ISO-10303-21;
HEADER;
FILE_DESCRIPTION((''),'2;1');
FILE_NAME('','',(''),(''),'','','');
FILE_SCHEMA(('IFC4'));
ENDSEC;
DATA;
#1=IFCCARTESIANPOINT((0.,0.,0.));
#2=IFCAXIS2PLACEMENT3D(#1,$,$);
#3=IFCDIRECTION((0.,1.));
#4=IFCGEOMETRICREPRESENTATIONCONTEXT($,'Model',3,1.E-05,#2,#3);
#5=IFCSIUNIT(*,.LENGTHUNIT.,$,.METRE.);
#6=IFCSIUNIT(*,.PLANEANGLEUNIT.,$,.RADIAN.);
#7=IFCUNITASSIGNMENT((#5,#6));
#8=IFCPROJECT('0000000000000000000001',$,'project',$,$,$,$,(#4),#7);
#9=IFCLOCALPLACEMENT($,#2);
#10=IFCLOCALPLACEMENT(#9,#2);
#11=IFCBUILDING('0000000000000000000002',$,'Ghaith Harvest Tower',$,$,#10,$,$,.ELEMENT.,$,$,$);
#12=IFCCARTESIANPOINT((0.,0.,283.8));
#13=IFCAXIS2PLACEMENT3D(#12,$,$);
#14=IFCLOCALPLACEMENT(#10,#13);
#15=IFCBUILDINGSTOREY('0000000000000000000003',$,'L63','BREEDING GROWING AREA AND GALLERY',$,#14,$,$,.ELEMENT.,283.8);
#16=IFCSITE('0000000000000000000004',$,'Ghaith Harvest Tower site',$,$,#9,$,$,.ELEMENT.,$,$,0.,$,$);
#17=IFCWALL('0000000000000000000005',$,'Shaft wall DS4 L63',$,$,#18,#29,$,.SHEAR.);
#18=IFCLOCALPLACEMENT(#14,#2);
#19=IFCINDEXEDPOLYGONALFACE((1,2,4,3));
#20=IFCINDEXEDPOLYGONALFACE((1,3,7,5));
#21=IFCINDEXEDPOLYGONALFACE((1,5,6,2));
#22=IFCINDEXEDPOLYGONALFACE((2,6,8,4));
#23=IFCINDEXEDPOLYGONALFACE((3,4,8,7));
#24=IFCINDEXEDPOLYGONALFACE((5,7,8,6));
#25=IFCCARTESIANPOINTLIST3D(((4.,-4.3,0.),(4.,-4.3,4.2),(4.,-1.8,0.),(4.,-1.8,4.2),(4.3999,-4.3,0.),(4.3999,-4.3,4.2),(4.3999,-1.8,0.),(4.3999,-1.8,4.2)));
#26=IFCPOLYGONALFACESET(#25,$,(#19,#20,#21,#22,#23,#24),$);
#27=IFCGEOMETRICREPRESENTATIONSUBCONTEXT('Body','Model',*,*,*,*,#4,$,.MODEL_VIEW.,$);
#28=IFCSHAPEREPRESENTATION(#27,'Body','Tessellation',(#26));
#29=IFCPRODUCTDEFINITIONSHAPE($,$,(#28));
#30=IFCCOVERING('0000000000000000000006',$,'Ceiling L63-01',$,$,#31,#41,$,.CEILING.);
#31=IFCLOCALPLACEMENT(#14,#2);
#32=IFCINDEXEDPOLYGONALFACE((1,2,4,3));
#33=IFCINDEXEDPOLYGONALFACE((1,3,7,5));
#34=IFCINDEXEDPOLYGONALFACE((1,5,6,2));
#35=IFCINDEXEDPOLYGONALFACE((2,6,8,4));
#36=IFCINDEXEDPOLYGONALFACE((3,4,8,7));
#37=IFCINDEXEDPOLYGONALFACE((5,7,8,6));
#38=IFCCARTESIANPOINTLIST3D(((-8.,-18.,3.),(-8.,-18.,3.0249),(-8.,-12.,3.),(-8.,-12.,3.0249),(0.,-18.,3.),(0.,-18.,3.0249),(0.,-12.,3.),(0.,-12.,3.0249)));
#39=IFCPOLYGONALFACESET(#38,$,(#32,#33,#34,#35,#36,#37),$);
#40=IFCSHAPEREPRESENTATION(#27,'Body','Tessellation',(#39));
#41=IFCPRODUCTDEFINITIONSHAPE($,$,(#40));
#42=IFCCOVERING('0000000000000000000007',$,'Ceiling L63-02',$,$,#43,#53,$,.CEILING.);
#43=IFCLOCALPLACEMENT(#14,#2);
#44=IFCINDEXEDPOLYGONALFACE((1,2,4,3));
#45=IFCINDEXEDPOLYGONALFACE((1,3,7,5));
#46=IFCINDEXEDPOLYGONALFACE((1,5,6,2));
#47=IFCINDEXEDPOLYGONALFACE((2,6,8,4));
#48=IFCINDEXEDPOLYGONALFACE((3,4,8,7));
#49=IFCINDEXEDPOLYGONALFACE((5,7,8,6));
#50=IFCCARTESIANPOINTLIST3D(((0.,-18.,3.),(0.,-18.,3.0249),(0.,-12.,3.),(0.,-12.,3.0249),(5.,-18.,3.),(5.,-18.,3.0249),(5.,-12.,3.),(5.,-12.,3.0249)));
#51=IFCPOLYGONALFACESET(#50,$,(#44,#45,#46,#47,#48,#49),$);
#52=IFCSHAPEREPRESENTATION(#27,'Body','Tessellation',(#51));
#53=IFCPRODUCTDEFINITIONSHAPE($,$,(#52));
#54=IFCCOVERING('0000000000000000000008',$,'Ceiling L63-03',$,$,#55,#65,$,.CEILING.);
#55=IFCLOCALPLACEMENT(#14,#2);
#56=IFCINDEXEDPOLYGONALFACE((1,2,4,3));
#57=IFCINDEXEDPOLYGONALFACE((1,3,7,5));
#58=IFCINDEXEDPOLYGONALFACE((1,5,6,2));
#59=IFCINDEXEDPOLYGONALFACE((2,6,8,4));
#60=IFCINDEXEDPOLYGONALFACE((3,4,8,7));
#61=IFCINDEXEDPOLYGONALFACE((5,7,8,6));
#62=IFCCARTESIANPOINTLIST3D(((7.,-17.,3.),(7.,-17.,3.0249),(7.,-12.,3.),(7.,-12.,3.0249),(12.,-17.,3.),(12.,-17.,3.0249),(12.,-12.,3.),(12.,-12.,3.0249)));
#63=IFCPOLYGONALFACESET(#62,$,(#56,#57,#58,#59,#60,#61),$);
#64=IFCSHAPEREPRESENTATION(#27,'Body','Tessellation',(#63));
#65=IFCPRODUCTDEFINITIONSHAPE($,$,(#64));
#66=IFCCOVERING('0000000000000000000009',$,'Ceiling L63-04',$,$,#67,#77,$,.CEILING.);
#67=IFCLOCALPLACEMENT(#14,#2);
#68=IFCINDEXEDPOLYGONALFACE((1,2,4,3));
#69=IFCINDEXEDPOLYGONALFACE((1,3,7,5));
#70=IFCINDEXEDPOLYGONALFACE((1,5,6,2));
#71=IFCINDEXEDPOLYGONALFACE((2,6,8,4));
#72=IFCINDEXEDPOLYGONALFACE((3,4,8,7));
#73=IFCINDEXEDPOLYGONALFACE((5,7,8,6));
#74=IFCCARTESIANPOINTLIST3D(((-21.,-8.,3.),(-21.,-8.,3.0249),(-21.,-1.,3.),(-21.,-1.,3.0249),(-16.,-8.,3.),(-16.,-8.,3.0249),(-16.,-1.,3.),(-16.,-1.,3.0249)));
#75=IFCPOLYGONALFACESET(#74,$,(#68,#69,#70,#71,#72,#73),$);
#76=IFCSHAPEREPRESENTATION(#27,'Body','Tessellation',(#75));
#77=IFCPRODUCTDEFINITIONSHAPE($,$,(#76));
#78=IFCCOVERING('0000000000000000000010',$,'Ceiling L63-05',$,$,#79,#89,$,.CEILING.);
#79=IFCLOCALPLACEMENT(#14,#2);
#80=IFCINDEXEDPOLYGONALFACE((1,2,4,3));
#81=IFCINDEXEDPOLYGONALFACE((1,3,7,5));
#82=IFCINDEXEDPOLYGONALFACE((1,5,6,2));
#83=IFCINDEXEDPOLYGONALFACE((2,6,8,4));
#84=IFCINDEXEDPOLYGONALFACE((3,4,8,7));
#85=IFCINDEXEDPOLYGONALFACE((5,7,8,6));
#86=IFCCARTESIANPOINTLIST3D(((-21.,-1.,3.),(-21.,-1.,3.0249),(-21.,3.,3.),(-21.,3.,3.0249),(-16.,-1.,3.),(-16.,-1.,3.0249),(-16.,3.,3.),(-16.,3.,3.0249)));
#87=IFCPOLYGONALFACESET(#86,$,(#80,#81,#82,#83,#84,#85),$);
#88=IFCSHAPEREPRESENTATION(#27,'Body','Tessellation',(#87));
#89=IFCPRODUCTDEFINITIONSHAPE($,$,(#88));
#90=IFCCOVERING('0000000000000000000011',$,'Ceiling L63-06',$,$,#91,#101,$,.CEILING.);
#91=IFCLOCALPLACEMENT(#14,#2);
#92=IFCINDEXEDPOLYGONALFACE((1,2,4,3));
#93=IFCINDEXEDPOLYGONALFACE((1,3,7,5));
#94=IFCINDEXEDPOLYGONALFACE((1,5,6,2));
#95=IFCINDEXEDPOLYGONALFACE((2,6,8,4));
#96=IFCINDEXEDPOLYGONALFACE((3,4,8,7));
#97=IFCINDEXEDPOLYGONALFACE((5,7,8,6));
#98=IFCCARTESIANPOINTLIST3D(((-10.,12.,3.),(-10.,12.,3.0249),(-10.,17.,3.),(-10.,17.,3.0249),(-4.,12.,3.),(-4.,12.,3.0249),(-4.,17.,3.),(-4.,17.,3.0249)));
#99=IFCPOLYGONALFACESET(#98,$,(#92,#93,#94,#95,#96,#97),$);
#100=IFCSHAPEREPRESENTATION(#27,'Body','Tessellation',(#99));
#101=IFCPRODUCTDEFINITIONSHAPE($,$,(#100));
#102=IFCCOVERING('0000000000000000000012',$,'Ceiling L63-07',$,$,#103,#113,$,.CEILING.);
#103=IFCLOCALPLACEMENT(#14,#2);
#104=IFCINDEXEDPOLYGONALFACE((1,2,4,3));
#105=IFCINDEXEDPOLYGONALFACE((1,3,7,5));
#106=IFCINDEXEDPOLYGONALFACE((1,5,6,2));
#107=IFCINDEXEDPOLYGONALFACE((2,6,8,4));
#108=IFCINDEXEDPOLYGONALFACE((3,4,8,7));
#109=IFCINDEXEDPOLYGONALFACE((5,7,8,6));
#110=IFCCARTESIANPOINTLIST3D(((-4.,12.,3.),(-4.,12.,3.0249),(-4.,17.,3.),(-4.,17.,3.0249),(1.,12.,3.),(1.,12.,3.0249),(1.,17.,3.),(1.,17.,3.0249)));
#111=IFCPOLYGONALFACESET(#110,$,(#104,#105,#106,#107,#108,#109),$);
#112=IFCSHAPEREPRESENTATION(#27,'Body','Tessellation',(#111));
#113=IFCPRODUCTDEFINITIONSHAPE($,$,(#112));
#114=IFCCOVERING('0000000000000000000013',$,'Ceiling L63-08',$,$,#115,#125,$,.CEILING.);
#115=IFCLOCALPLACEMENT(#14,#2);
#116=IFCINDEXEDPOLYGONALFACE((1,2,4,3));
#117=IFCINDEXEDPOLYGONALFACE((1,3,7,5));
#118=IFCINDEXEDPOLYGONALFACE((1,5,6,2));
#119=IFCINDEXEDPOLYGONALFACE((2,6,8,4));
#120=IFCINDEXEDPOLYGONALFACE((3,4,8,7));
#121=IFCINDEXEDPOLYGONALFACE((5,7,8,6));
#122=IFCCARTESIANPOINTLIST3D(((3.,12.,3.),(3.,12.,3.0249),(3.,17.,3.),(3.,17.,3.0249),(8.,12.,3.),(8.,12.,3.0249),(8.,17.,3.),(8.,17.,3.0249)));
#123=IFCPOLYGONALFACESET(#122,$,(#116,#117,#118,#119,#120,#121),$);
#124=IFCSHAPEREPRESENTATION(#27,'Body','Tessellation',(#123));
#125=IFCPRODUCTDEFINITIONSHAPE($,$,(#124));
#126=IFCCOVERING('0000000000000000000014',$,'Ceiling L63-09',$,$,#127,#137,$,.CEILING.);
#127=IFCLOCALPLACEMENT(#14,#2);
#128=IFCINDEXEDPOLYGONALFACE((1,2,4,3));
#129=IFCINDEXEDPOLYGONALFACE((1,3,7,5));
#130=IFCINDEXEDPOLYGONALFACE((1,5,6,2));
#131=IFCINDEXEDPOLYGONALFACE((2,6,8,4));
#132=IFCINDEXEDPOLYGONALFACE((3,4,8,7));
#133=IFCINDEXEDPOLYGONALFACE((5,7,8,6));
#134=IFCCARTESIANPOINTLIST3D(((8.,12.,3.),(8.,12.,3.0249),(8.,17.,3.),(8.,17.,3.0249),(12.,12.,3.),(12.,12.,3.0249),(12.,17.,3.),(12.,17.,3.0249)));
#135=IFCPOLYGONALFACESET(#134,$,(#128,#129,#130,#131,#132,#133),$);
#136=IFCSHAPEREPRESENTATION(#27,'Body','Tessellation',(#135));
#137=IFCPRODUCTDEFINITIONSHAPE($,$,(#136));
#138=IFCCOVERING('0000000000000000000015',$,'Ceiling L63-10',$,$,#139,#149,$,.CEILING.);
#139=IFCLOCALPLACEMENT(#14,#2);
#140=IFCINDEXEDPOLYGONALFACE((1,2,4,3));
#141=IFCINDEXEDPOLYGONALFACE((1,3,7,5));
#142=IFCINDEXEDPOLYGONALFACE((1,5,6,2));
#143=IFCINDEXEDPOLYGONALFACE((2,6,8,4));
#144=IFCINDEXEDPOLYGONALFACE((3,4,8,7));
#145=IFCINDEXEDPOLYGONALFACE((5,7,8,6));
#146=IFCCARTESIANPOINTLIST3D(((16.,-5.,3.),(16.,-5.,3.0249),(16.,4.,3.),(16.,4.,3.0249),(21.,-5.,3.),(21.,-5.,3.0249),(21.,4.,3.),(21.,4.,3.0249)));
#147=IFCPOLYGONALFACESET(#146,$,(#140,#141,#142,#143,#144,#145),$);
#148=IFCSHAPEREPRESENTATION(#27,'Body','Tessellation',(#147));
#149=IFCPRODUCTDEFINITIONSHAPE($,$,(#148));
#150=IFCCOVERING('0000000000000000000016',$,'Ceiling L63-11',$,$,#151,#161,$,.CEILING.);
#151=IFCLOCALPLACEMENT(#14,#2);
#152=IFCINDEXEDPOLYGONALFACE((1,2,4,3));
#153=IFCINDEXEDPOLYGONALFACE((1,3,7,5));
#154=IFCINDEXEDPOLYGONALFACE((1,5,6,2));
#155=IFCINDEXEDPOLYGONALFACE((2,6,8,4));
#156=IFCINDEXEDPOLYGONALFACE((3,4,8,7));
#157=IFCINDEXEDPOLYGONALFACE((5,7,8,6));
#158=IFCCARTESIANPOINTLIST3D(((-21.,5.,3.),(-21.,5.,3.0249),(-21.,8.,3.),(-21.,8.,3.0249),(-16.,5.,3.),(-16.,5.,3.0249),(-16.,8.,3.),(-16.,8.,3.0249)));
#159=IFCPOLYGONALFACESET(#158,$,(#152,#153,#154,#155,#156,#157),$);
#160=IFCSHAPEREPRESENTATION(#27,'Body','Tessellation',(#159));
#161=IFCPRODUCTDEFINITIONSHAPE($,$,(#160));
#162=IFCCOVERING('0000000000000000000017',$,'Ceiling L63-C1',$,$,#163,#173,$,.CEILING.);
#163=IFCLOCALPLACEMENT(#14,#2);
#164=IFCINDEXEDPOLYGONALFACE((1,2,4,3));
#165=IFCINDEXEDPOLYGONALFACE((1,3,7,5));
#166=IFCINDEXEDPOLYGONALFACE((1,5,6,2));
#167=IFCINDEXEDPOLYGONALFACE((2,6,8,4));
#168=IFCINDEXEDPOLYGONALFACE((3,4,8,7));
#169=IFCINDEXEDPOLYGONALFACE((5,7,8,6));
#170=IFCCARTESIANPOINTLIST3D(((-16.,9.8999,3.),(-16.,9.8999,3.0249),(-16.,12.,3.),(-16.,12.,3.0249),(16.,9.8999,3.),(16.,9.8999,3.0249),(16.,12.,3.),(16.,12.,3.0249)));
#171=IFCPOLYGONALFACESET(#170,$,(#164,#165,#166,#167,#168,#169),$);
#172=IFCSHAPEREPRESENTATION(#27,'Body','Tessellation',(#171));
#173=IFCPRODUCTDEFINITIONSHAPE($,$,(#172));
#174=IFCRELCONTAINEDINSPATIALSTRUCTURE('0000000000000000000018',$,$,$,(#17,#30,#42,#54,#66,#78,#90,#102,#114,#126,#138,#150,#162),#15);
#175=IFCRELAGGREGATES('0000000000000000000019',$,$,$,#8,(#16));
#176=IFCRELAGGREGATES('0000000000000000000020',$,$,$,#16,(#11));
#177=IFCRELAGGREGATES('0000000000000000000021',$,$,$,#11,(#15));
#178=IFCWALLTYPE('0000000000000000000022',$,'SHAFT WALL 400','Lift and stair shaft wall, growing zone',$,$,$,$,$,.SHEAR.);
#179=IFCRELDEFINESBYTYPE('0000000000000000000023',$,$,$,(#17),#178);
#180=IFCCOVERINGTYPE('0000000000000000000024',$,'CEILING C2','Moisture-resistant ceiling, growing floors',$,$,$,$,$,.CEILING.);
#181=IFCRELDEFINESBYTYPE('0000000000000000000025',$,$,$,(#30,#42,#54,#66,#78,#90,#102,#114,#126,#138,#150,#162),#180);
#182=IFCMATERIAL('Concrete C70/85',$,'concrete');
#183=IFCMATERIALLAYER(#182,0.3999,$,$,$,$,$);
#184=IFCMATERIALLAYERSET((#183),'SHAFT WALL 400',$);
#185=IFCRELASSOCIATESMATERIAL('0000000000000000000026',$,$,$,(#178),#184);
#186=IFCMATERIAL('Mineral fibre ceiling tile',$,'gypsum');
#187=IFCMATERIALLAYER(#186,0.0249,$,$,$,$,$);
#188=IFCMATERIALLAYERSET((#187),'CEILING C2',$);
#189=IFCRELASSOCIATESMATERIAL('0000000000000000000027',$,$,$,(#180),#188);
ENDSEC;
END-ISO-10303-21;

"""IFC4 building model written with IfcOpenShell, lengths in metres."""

from ifc_helpers import new_model, si_unit, direction, frame, frame_2d, origin, place, context, subcontext, project, spatial, polyline, rectangle, outline, extrude, material, layer, layer_set, type_object, element, save


model = new_model("IFC4")

# Units and contexts
model_context = context("Model", 3, precision=1e-05, world=origin(), true_north=direction((0.0, 1.0)))
body_context = subcontext(model_context, "Body", "Model", "MODEL_VIEW")
ifc_project = project(units=[si_unit("LENGTHUNIT", "METRE"), si_unit("PLANEANGLEUNIT", "RADIAN")], contexts=[model_context])

# Site, building, storey
site_placement = place(None, origin())
site = spatial("IfcSite", under=ifc_project, at=site_placement, Name="Ghaith Harvest Tower site", CompositionType="ELEMENT", RefElevation=0.0)
building_placement = place(site_placement, origin())
building = spatial("IfcBuilding", under=site, at=building_placement, Name="Ghaith Harvest Tower", CompositionType="ELEMENT")
storey_placement = place(building_placement, frame((0.0, 0.0, 283.8)))
storey = spatial("IfcBuildingStorey", under=building, at=storey_placement, Name="L63", Description="BREEDING GROWING AREA AND GALLERY", CompositionType="ELEMENT", Elevation=283.8)

# Shared definitions
ifc_material_1 = material(Name="Concrete C70/85", Category="concrete")
ifc_layer_1 = layer(ifc_material_1, 0.3999)
ifc_layer_set_1 = layer_set([ifc_layer_1], Name="SHAFT WALL 400")
wall_type_1 = type_object("IfcWallType", Name="SHAFT WALL 400", Description="Lift and stair shaft wall, growing zone", PredefinedType="SHEAR", material=ifc_layer_set_1)

# Wall
wall_1_placement = place(storey_placement, frame((4.2, -4.3, 0.0), z_axis=(0.0, 0.0, 1.0), x_axis=(0.0, 1.0, 0.0)))
element("IfcWall", 1, at=wall_1_placement, inside=storey, type_object=wall_type_1, Name="Shaft wall DS4 L63", PredefinedType="SHEAR", context=body_context, shape_type="SweptSolid", body=[
    extrude(rectangle(XDim=2.5, YDim=0.3999, at=frame_2d((1.25, 0.0))), origin(), (0.0, 0.0, 1.0), 4.2),
])

# Coverings
ifc_material_2 = material(Name="Mineral fibre ceiling tile", Category="gypsum")
ifc_layer_2 = layer(ifc_material_2, 0.0249)
ifc_layer_set_2 = layer_set([ifc_layer_2], Name="CEILING C2")
covering_type = type_object("IfcCoveringType", Name="CEILING C2", Description="Moisture-resistant ceiling, growing floors", PredefinedType="CEILING", material=ifc_layer_set_2)
covering_1_placement = place(storey_placement, frame((0.0, 0.0, 3.0)))
element("IfcCovering", 2, at=covering_1_placement, inside=storey, type_object=covering_type, Name="Ceiling L63-01", PredefinedType="CEILING", context=body_context, shape_type="SweptSolid", body=[
    extrude(outline(polyline([(-8.0, -18.0), (0.0, -18.0), (0.0, -12.0), (-8.0, -12.0), (-8.0, -18.0)])), origin(), (0.0, 0.0, 1.0), 0.0249),
])
covering_2_placement = place(storey_placement, frame((0.0, 0.0, 3.0)))
element("IfcCovering", 3, at=covering_2_placement, inside=storey, type_object=covering_type, Name="Ceiling L63-02", PredefinedType="CEILING", context=body_context, shape_type="SweptSolid", body=[
    extrude(outline(polyline([(0.0, -18.0), (5.0, -18.0), (5.0, -12.0), (0.0, -12.0), (0.0, -18.0)])), origin(), (0.0, 0.0, 1.0), 0.0249),
])
covering_3_placement = place(storey_placement, frame((0.0, 0.0, 3.0)))
element("IfcCovering", 4, at=covering_3_placement, inside=storey, type_object=covering_type, Name="Ceiling L63-03", PredefinedType="CEILING", context=body_context, shape_type="SweptSolid", body=[
    extrude(outline(polyline([(7.0, -17.0), (12.0, -17.0), (12.0, -12.0), (7.0, -12.0), (7.0, -17.0)])), origin(), (0.0, 0.0, 1.0), 0.0249),
])
covering_4_placement = place(storey_placement, frame((0.0, 0.0, 3.0)))
element("IfcCovering", 5, at=covering_4_placement, inside=storey, type_object=covering_type, Name="Ceiling L63-04", PredefinedType="CEILING", context=body_context, shape_type="SweptSolid", body=[
    extrude(outline(polyline([(-21.0, -8.0), (-16.0, -8.0), (-16.0, -1.0), (-21.0, -1.0), (-21.0, -8.0)])), origin(), (0.0, 0.0, 1.0), 0.0249),
])
covering_5_placement = place(storey_placement, frame((0.0, 0.0, 3.0)))
element("IfcCovering", 6, at=covering_5_placement, inside=storey, type_object=covering_type, Name="Ceiling L63-05", PredefinedType="CEILING", context=body_context, shape_type="SweptSolid", body=[
    extrude(outline(polyline([(-21.0, -1.0), (-16.0, -1.0), (-16.0, 3.0), (-21.0, 3.0), (-21.0, -1.0)])), origin(), (0.0, 0.0, 1.0), 0.0249),
])
covering_6_placement = place(storey_placement, frame((0.0, 0.0, 3.0)))
element("IfcCovering", 7, at=covering_6_placement, inside=storey, type_object=covering_type, Name="Ceiling L63-06", PredefinedType="CEILING", context=body_context, shape_type="SweptSolid", body=[
    extrude(outline(polyline([(-10.0, 12.0), (-4.0, 12.0), (-4.0, 17.0), (-10.0, 17.0), (-10.0, 12.0)])), origin(), (0.0, 0.0, 1.0), 0.0249),
])
covering_7_placement = place(storey_placement, frame((0.0, 0.0, 3.0)))
element("IfcCovering", 8, at=covering_7_placement, inside=storey, type_object=covering_type, Name="Ceiling L63-07", PredefinedType="CEILING", context=body_context, shape_type="SweptSolid", body=[
    extrude(outline(polyline([(-4.0, 12.0), (1.0, 12.0), (1.0, 17.0), (-4.0, 17.0), (-4.0, 12.0)])), origin(), (0.0, 0.0, 1.0), 0.0249),
])
covering_8_placement = place(storey_placement, frame((0.0, 0.0, 3.0)))
element("IfcCovering", 9, at=covering_8_placement, inside=storey, type_object=covering_type, Name="Ceiling L63-08", PredefinedType="CEILING", context=body_context, shape_type="SweptSolid", body=[
    extrude(outline(polyline([(3.0, 12.0), (8.0, 12.0), (8.0, 17.0), (3.0, 17.0), (3.0, 12.0)])), origin(), (0.0, 0.0, 1.0), 0.0249),
])
covering_9_placement = place(storey_placement, frame((0.0, 0.0, 3.0)))
element("IfcCovering", 10, at=covering_9_placement, inside=storey, type_object=covering_type, Name="Ceiling L63-09", PredefinedType="CEILING", context=body_context, shape_type="SweptSolid", body=[
    extrude(outline(polyline([(8.0, 12.0), (12.0, 12.0), (12.0, 17.0), (8.0, 17.0), (8.0, 12.0)])), origin(), (0.0, 0.0, 1.0), 0.0249),
])
covering_10_placement = place(storey_placement, frame((0.0, 0.0, 3.0)))
element("IfcCovering", 11, at=covering_10_placement, inside=storey, type_object=covering_type, Name="Ceiling L63-10", PredefinedType="CEILING", context=body_context, shape_type="SweptSolid", body=[
    extrude(outline(polyline([(16.0, -5.0), (21.0, -5.0), (21.0, 4.0), (16.0, 4.0), (16.0, -5.0)])), origin(), (0.0, 0.0, 1.0), 0.0249),
])
covering_11_placement = place(storey_placement, frame((0.0, 0.0, 3.0)))
element("IfcCovering", 12, at=covering_11_placement, inside=storey, type_object=covering_type, Name="Ceiling L63-11", PredefinedType="CEILING", context=body_context, shape_type="SweptSolid", body=[
    extrude(outline(polyline([(-21.0, 5.0), (-16.0, 5.0), (-16.0, 8.0), (-21.0, 8.0), (-21.0, 5.0)])), origin(), (0.0, 0.0, 1.0), 0.0249),
])
covering_12_placement = place(storey_placement, frame((0.0, 0.0, 3.0)))
element("IfcCovering", 13, at=covering_12_placement, inside=storey, type_object=covering_type, Name="Ceiling L63-C1", PredefinedType="CEILING", context=body_context, shape_type="SweptSolid", body=[
    extrude(outline(polyline([(16.0, 9.8999), (-16.0, 9.8999), (-16.0, 12.0), (16.0, 12.0), (16.0, 9.8999)])), origin(), (0.0, 0.0, 1.0), 0.0249),
])

save(model, "model.ifc")
